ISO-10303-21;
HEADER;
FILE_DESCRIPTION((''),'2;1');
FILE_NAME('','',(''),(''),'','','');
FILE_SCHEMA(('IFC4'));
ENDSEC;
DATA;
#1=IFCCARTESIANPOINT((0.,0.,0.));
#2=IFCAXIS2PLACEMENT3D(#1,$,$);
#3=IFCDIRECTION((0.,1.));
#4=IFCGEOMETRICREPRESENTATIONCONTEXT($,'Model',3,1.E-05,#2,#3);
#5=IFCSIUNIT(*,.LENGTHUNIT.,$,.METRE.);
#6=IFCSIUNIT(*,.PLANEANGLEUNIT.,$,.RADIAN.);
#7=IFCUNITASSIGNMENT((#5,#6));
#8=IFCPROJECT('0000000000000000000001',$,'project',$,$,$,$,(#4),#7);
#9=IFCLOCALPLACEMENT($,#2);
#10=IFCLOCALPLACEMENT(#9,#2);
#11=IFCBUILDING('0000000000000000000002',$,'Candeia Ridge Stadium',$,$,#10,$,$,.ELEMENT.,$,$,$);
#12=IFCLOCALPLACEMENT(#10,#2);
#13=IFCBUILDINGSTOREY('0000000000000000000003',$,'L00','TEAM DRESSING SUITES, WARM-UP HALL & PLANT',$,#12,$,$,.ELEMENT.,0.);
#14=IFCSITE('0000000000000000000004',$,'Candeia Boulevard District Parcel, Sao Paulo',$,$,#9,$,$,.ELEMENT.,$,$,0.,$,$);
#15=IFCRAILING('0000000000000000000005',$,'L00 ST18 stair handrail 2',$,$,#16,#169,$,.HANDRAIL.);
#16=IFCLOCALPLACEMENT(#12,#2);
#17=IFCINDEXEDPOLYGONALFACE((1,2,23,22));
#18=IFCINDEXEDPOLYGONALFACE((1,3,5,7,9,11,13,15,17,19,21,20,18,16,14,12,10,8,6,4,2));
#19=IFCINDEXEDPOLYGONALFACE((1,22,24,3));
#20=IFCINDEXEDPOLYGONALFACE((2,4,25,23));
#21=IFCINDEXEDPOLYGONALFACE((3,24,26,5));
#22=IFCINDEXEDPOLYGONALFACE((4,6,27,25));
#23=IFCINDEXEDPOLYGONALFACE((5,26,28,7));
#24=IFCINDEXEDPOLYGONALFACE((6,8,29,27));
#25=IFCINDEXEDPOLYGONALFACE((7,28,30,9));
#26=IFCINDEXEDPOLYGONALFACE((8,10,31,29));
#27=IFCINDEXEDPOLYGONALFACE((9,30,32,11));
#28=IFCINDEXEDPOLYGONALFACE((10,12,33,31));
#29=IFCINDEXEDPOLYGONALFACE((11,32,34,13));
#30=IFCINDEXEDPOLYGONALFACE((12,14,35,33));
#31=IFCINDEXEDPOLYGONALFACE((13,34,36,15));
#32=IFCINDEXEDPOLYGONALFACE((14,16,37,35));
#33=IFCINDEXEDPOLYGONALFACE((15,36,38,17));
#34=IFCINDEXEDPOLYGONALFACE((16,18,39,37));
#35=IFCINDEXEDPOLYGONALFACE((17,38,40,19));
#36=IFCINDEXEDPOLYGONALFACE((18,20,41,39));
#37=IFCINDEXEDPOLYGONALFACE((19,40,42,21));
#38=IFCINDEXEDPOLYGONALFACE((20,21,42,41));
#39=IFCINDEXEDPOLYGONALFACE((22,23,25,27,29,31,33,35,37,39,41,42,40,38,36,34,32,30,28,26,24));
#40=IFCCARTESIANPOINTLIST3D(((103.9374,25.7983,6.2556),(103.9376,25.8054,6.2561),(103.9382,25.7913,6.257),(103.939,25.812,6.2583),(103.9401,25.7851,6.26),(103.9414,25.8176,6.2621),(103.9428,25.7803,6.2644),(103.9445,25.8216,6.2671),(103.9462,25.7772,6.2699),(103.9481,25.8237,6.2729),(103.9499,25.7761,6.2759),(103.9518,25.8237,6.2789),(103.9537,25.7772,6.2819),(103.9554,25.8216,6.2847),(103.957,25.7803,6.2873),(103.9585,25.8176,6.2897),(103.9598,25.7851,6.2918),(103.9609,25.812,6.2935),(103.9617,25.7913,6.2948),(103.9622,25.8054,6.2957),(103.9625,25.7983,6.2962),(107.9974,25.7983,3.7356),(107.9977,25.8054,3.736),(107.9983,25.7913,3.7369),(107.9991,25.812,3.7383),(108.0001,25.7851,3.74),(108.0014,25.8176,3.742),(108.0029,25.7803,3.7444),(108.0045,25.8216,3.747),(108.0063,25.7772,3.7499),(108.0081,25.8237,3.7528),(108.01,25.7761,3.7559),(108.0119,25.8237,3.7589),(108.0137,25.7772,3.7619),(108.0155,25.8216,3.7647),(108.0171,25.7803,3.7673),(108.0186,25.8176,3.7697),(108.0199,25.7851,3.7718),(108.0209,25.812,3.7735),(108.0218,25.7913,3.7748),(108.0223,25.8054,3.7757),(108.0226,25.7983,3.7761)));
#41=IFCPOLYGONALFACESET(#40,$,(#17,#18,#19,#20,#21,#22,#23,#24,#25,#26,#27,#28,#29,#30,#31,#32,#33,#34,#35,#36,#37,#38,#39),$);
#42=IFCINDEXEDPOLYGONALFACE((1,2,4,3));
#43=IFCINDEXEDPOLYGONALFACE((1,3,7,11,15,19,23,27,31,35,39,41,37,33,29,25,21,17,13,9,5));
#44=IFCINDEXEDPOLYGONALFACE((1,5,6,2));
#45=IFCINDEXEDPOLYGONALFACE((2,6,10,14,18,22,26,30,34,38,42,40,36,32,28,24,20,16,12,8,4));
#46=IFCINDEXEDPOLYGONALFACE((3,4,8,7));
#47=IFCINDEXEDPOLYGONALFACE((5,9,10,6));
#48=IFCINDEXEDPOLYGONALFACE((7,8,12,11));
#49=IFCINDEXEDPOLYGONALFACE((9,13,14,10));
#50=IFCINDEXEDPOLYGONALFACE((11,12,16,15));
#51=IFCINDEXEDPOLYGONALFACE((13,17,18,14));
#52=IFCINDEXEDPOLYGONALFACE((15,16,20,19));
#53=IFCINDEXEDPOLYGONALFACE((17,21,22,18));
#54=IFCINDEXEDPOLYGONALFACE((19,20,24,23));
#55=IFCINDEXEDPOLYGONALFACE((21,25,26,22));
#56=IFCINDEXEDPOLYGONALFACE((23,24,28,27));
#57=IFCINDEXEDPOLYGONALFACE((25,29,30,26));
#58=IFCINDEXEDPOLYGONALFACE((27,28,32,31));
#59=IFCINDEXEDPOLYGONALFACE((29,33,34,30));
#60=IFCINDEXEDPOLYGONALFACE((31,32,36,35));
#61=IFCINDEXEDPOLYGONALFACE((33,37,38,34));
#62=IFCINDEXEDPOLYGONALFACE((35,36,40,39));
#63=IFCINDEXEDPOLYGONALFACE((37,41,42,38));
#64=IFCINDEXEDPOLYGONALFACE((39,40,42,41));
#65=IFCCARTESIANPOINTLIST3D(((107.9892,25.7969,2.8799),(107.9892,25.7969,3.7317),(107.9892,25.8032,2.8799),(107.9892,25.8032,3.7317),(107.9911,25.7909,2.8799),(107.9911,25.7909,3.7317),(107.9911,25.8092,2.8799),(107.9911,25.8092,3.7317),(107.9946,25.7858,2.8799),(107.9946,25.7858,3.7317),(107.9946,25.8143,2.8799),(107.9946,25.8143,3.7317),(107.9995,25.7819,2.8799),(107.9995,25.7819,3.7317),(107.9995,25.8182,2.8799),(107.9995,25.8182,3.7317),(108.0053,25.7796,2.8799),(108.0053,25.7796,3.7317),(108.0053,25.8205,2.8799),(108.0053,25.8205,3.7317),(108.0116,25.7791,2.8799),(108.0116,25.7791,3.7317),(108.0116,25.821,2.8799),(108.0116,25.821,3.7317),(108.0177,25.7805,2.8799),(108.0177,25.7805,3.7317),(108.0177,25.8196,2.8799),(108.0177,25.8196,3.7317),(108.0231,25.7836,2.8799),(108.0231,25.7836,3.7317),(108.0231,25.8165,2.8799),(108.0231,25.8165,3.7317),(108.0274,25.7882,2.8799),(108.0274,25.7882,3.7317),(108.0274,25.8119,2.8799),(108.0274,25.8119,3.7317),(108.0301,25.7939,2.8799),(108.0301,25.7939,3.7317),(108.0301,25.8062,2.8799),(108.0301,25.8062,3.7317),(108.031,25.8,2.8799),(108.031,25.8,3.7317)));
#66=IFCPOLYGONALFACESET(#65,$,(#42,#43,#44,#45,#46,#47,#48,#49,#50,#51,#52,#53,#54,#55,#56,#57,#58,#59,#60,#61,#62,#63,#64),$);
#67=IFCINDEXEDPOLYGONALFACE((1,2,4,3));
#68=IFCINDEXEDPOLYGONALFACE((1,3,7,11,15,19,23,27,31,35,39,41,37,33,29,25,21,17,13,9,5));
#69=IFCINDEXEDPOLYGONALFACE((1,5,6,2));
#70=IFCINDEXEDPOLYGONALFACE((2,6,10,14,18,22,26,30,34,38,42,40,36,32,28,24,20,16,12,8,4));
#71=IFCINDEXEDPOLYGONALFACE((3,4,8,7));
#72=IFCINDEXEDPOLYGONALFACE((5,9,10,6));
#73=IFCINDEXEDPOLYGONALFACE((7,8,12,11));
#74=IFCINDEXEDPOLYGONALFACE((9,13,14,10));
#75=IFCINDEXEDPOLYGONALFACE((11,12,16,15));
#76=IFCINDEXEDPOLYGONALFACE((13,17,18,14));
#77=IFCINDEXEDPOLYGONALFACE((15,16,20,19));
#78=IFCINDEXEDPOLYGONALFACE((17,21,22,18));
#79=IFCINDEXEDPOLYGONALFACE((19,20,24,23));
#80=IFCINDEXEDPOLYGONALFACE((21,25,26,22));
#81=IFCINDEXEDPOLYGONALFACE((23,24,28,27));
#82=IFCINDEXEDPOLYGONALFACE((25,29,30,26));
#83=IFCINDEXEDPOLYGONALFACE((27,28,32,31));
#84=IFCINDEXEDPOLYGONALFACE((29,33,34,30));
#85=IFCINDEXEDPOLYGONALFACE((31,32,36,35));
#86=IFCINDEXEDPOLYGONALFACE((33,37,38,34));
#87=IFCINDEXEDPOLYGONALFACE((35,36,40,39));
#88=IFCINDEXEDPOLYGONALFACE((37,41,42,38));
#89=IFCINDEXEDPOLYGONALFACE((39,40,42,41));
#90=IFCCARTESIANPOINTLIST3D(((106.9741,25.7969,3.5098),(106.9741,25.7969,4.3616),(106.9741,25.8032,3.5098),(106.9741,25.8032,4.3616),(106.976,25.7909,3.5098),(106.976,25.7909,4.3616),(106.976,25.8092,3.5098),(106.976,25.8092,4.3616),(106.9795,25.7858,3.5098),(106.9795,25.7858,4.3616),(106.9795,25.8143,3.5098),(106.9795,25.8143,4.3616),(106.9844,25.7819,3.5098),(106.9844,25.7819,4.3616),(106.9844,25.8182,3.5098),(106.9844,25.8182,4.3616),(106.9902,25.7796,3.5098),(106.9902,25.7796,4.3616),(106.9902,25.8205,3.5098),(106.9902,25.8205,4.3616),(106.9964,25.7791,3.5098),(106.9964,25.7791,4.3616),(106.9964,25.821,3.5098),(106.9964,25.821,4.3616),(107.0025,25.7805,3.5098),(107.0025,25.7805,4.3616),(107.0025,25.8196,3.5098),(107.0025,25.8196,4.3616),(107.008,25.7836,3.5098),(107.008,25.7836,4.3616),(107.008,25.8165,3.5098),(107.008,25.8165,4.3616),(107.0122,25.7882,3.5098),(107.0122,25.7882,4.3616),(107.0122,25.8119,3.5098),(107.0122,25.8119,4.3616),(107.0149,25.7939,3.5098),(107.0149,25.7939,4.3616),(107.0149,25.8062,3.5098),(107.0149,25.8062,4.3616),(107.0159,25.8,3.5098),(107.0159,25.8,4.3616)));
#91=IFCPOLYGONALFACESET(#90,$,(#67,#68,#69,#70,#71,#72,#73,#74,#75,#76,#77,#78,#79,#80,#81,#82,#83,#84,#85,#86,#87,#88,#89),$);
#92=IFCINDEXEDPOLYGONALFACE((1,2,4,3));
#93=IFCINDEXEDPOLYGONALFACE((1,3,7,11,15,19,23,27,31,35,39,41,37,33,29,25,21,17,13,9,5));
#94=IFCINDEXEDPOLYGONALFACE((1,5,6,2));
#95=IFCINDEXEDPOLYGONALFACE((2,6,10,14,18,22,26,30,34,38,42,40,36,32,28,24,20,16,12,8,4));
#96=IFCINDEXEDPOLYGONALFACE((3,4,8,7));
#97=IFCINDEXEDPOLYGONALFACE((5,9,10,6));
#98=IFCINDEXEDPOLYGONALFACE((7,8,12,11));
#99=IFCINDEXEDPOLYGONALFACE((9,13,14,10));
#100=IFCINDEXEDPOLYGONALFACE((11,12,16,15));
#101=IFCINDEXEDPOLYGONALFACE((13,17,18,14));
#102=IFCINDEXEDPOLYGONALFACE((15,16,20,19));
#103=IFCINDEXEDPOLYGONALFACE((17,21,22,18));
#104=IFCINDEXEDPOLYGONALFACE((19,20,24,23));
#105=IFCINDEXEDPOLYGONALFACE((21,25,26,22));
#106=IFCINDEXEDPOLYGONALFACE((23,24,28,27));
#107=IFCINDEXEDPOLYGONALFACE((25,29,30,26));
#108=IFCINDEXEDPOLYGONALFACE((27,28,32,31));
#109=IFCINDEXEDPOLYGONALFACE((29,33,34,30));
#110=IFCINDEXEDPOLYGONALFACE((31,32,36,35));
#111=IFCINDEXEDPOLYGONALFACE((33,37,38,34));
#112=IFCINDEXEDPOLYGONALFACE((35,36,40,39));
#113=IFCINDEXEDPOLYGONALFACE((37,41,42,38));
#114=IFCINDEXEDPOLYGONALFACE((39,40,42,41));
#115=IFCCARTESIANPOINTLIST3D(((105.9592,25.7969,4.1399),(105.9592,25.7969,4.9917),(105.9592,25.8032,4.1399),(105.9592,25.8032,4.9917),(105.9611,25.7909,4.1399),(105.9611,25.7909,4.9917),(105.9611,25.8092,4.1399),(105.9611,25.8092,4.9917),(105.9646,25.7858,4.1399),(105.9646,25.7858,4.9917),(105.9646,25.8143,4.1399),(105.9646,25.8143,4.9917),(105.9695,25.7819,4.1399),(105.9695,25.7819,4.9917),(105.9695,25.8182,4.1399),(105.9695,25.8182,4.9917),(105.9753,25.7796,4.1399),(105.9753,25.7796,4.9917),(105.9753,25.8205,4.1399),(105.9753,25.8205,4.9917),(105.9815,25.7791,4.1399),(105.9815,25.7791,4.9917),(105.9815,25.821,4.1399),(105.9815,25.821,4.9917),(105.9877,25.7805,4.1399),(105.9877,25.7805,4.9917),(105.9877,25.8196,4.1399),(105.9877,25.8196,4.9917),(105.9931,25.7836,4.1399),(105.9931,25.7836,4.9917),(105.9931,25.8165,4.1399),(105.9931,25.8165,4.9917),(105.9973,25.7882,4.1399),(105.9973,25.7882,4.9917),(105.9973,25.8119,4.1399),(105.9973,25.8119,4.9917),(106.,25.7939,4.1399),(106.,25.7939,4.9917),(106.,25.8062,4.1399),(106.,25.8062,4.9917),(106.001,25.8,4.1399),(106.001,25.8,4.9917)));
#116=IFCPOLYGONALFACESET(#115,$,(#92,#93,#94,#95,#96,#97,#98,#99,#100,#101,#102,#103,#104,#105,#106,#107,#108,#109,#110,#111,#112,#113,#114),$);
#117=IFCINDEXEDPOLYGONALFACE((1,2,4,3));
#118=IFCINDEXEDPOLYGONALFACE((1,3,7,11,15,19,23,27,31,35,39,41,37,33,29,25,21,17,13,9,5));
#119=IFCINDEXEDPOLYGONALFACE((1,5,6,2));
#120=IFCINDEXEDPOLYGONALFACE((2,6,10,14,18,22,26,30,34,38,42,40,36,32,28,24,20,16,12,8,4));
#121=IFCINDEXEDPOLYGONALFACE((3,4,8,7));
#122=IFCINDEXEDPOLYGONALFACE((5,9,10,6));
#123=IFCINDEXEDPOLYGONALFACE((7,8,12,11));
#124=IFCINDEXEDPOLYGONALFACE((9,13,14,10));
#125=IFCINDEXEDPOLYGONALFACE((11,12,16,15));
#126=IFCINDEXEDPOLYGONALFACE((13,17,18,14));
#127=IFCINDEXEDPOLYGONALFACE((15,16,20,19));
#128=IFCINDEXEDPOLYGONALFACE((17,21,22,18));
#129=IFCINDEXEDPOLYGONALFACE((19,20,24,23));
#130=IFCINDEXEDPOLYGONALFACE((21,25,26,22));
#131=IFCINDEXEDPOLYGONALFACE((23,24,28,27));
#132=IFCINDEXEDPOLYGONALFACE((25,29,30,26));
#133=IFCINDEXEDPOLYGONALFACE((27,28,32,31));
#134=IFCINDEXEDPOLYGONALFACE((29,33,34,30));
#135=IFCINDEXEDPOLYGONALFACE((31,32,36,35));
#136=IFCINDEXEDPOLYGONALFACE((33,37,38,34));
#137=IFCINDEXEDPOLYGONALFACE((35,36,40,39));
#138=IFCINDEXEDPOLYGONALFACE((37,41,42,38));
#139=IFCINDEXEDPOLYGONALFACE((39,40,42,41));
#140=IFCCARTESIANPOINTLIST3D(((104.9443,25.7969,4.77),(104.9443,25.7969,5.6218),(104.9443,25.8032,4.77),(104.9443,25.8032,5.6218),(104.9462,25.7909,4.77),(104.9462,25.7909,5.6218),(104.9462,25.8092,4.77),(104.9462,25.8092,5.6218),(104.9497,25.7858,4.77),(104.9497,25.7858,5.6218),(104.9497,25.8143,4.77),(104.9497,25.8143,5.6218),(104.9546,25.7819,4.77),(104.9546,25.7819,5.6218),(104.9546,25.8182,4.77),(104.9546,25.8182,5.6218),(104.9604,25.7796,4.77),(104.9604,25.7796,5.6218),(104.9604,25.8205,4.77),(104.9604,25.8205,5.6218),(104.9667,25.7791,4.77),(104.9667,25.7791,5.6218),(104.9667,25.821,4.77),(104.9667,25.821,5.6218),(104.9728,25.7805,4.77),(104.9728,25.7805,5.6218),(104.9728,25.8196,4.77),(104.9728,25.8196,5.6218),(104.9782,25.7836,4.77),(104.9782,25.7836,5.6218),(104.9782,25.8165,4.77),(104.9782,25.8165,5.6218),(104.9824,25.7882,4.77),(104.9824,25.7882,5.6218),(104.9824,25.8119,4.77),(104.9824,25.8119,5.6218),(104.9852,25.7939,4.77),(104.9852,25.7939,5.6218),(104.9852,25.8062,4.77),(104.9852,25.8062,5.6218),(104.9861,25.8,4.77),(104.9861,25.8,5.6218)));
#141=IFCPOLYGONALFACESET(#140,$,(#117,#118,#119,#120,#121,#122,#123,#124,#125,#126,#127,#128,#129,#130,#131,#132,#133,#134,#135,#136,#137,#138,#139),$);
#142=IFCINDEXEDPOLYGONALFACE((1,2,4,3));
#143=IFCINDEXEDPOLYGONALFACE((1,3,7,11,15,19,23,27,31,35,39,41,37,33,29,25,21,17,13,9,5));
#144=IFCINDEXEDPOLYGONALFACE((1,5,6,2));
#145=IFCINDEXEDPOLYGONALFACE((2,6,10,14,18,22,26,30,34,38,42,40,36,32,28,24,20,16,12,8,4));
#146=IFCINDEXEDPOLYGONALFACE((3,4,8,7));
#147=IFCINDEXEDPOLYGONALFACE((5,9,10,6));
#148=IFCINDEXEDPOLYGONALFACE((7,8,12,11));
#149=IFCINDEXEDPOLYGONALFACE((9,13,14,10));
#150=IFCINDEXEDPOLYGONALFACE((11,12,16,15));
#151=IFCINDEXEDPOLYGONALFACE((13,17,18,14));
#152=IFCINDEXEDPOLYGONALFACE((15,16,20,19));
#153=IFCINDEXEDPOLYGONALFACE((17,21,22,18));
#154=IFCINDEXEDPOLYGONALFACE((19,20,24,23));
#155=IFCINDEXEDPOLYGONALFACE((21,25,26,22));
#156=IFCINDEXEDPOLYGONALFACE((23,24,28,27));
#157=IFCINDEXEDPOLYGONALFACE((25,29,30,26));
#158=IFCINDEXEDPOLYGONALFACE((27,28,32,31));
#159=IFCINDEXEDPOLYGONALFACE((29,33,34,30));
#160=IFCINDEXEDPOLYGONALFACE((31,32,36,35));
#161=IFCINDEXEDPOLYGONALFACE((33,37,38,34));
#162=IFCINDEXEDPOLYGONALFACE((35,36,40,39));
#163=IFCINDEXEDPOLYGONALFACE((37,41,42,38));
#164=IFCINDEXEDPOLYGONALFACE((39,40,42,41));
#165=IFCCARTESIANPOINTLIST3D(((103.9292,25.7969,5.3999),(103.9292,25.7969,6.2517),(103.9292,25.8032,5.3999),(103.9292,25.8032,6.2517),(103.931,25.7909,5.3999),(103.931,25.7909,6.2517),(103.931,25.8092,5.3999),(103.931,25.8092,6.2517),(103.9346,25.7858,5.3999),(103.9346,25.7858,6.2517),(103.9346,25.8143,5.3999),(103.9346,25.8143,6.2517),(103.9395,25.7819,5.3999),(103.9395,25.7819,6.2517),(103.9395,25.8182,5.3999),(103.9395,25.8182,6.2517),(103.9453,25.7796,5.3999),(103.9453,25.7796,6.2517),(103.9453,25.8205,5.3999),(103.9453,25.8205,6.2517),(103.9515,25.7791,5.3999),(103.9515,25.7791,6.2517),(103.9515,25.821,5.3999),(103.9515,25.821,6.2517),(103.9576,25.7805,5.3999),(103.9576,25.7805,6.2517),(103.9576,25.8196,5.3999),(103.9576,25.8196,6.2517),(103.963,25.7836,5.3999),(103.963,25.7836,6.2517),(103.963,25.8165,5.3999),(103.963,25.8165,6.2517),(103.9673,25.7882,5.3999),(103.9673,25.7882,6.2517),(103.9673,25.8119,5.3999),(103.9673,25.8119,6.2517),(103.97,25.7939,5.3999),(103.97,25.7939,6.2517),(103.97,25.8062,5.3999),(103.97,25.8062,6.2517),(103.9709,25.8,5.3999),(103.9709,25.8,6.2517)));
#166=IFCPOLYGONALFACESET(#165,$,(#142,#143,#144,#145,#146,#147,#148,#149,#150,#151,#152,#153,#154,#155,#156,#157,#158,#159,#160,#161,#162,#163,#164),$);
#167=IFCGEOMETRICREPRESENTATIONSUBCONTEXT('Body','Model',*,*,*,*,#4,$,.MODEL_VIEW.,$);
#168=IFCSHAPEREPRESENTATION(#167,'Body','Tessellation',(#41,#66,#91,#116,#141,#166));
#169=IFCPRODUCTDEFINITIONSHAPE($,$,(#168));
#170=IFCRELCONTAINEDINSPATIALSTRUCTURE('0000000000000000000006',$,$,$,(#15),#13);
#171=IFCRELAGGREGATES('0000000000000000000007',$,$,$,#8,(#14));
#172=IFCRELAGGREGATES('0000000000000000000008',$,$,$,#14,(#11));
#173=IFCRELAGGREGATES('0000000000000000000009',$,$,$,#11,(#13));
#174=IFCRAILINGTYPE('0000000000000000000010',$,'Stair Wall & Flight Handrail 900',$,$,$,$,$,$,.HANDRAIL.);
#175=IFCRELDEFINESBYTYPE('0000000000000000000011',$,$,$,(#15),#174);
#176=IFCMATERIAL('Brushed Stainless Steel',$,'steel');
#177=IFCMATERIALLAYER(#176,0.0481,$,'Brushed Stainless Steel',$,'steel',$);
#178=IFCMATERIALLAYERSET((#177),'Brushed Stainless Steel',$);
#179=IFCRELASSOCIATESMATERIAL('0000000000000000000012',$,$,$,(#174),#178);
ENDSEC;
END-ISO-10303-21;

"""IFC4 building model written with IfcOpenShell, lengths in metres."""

from ifc_helpers import new_model, si_unit, direction, frame, origin, origin_2d, place, context, subcontext, project, spatial, circle, extrude, material, layer, layer_set, type_object, element, save


model = new_model("IFC4")

# Units and contexts
model_context = context("Model", 3, precision=1e-05, world=origin(), true_north=direction((0.0, 1.0)))
body_context = subcontext(model_context, "Body", "Model", "MODEL_VIEW")
ifc_project = project(units=[si_unit("LENGTHUNIT", "METRE"), si_unit("PLANEANGLEUNIT", "RADIAN")], contexts=[model_context])

# Site, building, storey
site_placement = place(None, origin())
site = spatial("IfcSite", under=ifc_project, at=site_placement, Name="Candeia Boulevard District Parcel, Sao Paulo", CompositionType="ELEMENT", RefElevation=0.0)
building_placement = place(site_placement, origin())
building = spatial("IfcBuilding", under=site, at=building_placement, Name="Candeia Ridge Stadium", CompositionType="ELEMENT")
storey_placement = place(building_placement, origin())
storey = spatial("IfcBuildingStorey", under=building, at=storey_placement, Name="L00", Description="TEAM DRESSING SUITES, WARM-UP HALL & PLANT", CompositionType="ELEMENT", Elevation=0.0)

# Railing
ifc_material_1 = material(Name="Brushed Stainless Steel", Category="steel")
ifc_layer_1 = layer(ifc_material_1, 0.0481, Name="Brushed Stainless Steel", Category="steel")
ifc_layer_set_1 = layer_set([ifc_layer_1], Name="Brushed Stainless Steel")
railing_type = type_object("IfcRailingType", Name="Stair Wall & Flight Handrail 900", PredefinedType="HANDRAIL", material=ifc_layer_set_1)
railing_placement = place(storey_placement, frame((108.01, 25.8, 2.8799)))
element("IfcRailing", 1, at=railing_placement, inside=storey, type_object=railing_type, Name="L00 ST18 stair handrail 2", PredefinedType="HANDRAIL", context=body_context, shape_type="SweptSolid", body=[
    extrude(circle(Radius=0.0239, at=origin_2d()), frame((0.0, 0.0, 0.876), z_axis=(-0.849642, 0.0, 0.52736), x_axis=(0.0, -1.0, 0.0)), (0.0, 0.0, 1.0), 4.7786),
    extrude(circle(Radius=0.021, at=origin_2d()), origin(), (0.0, 0.0, 1.0), 0.8518),
    extrude(circle(Radius=0.021, at=origin_2d()), frame((-1.0151, 0.0, 0.6299)), (0.0, 0.0, 1.0), 0.8518),
    extrude(circle(Radius=0.021, at=origin_2d()), frame((-2.03, 0.0, 1.26)), (0.0, 0.0, 1.0), 0.8518),
    extrude(circle(Radius=0.021, at=origin_2d()), frame((-3.0449, 0.0, 1.8901)), (0.0, 0.0, 1.0), 0.8518),
    extrude(circle(Radius=0.021, at=origin_2d()), frame((-4.0601, 0.0, 2.52)), (0.0, 0.0, 1.0), 0.8518),
])

save(model, "model.ifc")
